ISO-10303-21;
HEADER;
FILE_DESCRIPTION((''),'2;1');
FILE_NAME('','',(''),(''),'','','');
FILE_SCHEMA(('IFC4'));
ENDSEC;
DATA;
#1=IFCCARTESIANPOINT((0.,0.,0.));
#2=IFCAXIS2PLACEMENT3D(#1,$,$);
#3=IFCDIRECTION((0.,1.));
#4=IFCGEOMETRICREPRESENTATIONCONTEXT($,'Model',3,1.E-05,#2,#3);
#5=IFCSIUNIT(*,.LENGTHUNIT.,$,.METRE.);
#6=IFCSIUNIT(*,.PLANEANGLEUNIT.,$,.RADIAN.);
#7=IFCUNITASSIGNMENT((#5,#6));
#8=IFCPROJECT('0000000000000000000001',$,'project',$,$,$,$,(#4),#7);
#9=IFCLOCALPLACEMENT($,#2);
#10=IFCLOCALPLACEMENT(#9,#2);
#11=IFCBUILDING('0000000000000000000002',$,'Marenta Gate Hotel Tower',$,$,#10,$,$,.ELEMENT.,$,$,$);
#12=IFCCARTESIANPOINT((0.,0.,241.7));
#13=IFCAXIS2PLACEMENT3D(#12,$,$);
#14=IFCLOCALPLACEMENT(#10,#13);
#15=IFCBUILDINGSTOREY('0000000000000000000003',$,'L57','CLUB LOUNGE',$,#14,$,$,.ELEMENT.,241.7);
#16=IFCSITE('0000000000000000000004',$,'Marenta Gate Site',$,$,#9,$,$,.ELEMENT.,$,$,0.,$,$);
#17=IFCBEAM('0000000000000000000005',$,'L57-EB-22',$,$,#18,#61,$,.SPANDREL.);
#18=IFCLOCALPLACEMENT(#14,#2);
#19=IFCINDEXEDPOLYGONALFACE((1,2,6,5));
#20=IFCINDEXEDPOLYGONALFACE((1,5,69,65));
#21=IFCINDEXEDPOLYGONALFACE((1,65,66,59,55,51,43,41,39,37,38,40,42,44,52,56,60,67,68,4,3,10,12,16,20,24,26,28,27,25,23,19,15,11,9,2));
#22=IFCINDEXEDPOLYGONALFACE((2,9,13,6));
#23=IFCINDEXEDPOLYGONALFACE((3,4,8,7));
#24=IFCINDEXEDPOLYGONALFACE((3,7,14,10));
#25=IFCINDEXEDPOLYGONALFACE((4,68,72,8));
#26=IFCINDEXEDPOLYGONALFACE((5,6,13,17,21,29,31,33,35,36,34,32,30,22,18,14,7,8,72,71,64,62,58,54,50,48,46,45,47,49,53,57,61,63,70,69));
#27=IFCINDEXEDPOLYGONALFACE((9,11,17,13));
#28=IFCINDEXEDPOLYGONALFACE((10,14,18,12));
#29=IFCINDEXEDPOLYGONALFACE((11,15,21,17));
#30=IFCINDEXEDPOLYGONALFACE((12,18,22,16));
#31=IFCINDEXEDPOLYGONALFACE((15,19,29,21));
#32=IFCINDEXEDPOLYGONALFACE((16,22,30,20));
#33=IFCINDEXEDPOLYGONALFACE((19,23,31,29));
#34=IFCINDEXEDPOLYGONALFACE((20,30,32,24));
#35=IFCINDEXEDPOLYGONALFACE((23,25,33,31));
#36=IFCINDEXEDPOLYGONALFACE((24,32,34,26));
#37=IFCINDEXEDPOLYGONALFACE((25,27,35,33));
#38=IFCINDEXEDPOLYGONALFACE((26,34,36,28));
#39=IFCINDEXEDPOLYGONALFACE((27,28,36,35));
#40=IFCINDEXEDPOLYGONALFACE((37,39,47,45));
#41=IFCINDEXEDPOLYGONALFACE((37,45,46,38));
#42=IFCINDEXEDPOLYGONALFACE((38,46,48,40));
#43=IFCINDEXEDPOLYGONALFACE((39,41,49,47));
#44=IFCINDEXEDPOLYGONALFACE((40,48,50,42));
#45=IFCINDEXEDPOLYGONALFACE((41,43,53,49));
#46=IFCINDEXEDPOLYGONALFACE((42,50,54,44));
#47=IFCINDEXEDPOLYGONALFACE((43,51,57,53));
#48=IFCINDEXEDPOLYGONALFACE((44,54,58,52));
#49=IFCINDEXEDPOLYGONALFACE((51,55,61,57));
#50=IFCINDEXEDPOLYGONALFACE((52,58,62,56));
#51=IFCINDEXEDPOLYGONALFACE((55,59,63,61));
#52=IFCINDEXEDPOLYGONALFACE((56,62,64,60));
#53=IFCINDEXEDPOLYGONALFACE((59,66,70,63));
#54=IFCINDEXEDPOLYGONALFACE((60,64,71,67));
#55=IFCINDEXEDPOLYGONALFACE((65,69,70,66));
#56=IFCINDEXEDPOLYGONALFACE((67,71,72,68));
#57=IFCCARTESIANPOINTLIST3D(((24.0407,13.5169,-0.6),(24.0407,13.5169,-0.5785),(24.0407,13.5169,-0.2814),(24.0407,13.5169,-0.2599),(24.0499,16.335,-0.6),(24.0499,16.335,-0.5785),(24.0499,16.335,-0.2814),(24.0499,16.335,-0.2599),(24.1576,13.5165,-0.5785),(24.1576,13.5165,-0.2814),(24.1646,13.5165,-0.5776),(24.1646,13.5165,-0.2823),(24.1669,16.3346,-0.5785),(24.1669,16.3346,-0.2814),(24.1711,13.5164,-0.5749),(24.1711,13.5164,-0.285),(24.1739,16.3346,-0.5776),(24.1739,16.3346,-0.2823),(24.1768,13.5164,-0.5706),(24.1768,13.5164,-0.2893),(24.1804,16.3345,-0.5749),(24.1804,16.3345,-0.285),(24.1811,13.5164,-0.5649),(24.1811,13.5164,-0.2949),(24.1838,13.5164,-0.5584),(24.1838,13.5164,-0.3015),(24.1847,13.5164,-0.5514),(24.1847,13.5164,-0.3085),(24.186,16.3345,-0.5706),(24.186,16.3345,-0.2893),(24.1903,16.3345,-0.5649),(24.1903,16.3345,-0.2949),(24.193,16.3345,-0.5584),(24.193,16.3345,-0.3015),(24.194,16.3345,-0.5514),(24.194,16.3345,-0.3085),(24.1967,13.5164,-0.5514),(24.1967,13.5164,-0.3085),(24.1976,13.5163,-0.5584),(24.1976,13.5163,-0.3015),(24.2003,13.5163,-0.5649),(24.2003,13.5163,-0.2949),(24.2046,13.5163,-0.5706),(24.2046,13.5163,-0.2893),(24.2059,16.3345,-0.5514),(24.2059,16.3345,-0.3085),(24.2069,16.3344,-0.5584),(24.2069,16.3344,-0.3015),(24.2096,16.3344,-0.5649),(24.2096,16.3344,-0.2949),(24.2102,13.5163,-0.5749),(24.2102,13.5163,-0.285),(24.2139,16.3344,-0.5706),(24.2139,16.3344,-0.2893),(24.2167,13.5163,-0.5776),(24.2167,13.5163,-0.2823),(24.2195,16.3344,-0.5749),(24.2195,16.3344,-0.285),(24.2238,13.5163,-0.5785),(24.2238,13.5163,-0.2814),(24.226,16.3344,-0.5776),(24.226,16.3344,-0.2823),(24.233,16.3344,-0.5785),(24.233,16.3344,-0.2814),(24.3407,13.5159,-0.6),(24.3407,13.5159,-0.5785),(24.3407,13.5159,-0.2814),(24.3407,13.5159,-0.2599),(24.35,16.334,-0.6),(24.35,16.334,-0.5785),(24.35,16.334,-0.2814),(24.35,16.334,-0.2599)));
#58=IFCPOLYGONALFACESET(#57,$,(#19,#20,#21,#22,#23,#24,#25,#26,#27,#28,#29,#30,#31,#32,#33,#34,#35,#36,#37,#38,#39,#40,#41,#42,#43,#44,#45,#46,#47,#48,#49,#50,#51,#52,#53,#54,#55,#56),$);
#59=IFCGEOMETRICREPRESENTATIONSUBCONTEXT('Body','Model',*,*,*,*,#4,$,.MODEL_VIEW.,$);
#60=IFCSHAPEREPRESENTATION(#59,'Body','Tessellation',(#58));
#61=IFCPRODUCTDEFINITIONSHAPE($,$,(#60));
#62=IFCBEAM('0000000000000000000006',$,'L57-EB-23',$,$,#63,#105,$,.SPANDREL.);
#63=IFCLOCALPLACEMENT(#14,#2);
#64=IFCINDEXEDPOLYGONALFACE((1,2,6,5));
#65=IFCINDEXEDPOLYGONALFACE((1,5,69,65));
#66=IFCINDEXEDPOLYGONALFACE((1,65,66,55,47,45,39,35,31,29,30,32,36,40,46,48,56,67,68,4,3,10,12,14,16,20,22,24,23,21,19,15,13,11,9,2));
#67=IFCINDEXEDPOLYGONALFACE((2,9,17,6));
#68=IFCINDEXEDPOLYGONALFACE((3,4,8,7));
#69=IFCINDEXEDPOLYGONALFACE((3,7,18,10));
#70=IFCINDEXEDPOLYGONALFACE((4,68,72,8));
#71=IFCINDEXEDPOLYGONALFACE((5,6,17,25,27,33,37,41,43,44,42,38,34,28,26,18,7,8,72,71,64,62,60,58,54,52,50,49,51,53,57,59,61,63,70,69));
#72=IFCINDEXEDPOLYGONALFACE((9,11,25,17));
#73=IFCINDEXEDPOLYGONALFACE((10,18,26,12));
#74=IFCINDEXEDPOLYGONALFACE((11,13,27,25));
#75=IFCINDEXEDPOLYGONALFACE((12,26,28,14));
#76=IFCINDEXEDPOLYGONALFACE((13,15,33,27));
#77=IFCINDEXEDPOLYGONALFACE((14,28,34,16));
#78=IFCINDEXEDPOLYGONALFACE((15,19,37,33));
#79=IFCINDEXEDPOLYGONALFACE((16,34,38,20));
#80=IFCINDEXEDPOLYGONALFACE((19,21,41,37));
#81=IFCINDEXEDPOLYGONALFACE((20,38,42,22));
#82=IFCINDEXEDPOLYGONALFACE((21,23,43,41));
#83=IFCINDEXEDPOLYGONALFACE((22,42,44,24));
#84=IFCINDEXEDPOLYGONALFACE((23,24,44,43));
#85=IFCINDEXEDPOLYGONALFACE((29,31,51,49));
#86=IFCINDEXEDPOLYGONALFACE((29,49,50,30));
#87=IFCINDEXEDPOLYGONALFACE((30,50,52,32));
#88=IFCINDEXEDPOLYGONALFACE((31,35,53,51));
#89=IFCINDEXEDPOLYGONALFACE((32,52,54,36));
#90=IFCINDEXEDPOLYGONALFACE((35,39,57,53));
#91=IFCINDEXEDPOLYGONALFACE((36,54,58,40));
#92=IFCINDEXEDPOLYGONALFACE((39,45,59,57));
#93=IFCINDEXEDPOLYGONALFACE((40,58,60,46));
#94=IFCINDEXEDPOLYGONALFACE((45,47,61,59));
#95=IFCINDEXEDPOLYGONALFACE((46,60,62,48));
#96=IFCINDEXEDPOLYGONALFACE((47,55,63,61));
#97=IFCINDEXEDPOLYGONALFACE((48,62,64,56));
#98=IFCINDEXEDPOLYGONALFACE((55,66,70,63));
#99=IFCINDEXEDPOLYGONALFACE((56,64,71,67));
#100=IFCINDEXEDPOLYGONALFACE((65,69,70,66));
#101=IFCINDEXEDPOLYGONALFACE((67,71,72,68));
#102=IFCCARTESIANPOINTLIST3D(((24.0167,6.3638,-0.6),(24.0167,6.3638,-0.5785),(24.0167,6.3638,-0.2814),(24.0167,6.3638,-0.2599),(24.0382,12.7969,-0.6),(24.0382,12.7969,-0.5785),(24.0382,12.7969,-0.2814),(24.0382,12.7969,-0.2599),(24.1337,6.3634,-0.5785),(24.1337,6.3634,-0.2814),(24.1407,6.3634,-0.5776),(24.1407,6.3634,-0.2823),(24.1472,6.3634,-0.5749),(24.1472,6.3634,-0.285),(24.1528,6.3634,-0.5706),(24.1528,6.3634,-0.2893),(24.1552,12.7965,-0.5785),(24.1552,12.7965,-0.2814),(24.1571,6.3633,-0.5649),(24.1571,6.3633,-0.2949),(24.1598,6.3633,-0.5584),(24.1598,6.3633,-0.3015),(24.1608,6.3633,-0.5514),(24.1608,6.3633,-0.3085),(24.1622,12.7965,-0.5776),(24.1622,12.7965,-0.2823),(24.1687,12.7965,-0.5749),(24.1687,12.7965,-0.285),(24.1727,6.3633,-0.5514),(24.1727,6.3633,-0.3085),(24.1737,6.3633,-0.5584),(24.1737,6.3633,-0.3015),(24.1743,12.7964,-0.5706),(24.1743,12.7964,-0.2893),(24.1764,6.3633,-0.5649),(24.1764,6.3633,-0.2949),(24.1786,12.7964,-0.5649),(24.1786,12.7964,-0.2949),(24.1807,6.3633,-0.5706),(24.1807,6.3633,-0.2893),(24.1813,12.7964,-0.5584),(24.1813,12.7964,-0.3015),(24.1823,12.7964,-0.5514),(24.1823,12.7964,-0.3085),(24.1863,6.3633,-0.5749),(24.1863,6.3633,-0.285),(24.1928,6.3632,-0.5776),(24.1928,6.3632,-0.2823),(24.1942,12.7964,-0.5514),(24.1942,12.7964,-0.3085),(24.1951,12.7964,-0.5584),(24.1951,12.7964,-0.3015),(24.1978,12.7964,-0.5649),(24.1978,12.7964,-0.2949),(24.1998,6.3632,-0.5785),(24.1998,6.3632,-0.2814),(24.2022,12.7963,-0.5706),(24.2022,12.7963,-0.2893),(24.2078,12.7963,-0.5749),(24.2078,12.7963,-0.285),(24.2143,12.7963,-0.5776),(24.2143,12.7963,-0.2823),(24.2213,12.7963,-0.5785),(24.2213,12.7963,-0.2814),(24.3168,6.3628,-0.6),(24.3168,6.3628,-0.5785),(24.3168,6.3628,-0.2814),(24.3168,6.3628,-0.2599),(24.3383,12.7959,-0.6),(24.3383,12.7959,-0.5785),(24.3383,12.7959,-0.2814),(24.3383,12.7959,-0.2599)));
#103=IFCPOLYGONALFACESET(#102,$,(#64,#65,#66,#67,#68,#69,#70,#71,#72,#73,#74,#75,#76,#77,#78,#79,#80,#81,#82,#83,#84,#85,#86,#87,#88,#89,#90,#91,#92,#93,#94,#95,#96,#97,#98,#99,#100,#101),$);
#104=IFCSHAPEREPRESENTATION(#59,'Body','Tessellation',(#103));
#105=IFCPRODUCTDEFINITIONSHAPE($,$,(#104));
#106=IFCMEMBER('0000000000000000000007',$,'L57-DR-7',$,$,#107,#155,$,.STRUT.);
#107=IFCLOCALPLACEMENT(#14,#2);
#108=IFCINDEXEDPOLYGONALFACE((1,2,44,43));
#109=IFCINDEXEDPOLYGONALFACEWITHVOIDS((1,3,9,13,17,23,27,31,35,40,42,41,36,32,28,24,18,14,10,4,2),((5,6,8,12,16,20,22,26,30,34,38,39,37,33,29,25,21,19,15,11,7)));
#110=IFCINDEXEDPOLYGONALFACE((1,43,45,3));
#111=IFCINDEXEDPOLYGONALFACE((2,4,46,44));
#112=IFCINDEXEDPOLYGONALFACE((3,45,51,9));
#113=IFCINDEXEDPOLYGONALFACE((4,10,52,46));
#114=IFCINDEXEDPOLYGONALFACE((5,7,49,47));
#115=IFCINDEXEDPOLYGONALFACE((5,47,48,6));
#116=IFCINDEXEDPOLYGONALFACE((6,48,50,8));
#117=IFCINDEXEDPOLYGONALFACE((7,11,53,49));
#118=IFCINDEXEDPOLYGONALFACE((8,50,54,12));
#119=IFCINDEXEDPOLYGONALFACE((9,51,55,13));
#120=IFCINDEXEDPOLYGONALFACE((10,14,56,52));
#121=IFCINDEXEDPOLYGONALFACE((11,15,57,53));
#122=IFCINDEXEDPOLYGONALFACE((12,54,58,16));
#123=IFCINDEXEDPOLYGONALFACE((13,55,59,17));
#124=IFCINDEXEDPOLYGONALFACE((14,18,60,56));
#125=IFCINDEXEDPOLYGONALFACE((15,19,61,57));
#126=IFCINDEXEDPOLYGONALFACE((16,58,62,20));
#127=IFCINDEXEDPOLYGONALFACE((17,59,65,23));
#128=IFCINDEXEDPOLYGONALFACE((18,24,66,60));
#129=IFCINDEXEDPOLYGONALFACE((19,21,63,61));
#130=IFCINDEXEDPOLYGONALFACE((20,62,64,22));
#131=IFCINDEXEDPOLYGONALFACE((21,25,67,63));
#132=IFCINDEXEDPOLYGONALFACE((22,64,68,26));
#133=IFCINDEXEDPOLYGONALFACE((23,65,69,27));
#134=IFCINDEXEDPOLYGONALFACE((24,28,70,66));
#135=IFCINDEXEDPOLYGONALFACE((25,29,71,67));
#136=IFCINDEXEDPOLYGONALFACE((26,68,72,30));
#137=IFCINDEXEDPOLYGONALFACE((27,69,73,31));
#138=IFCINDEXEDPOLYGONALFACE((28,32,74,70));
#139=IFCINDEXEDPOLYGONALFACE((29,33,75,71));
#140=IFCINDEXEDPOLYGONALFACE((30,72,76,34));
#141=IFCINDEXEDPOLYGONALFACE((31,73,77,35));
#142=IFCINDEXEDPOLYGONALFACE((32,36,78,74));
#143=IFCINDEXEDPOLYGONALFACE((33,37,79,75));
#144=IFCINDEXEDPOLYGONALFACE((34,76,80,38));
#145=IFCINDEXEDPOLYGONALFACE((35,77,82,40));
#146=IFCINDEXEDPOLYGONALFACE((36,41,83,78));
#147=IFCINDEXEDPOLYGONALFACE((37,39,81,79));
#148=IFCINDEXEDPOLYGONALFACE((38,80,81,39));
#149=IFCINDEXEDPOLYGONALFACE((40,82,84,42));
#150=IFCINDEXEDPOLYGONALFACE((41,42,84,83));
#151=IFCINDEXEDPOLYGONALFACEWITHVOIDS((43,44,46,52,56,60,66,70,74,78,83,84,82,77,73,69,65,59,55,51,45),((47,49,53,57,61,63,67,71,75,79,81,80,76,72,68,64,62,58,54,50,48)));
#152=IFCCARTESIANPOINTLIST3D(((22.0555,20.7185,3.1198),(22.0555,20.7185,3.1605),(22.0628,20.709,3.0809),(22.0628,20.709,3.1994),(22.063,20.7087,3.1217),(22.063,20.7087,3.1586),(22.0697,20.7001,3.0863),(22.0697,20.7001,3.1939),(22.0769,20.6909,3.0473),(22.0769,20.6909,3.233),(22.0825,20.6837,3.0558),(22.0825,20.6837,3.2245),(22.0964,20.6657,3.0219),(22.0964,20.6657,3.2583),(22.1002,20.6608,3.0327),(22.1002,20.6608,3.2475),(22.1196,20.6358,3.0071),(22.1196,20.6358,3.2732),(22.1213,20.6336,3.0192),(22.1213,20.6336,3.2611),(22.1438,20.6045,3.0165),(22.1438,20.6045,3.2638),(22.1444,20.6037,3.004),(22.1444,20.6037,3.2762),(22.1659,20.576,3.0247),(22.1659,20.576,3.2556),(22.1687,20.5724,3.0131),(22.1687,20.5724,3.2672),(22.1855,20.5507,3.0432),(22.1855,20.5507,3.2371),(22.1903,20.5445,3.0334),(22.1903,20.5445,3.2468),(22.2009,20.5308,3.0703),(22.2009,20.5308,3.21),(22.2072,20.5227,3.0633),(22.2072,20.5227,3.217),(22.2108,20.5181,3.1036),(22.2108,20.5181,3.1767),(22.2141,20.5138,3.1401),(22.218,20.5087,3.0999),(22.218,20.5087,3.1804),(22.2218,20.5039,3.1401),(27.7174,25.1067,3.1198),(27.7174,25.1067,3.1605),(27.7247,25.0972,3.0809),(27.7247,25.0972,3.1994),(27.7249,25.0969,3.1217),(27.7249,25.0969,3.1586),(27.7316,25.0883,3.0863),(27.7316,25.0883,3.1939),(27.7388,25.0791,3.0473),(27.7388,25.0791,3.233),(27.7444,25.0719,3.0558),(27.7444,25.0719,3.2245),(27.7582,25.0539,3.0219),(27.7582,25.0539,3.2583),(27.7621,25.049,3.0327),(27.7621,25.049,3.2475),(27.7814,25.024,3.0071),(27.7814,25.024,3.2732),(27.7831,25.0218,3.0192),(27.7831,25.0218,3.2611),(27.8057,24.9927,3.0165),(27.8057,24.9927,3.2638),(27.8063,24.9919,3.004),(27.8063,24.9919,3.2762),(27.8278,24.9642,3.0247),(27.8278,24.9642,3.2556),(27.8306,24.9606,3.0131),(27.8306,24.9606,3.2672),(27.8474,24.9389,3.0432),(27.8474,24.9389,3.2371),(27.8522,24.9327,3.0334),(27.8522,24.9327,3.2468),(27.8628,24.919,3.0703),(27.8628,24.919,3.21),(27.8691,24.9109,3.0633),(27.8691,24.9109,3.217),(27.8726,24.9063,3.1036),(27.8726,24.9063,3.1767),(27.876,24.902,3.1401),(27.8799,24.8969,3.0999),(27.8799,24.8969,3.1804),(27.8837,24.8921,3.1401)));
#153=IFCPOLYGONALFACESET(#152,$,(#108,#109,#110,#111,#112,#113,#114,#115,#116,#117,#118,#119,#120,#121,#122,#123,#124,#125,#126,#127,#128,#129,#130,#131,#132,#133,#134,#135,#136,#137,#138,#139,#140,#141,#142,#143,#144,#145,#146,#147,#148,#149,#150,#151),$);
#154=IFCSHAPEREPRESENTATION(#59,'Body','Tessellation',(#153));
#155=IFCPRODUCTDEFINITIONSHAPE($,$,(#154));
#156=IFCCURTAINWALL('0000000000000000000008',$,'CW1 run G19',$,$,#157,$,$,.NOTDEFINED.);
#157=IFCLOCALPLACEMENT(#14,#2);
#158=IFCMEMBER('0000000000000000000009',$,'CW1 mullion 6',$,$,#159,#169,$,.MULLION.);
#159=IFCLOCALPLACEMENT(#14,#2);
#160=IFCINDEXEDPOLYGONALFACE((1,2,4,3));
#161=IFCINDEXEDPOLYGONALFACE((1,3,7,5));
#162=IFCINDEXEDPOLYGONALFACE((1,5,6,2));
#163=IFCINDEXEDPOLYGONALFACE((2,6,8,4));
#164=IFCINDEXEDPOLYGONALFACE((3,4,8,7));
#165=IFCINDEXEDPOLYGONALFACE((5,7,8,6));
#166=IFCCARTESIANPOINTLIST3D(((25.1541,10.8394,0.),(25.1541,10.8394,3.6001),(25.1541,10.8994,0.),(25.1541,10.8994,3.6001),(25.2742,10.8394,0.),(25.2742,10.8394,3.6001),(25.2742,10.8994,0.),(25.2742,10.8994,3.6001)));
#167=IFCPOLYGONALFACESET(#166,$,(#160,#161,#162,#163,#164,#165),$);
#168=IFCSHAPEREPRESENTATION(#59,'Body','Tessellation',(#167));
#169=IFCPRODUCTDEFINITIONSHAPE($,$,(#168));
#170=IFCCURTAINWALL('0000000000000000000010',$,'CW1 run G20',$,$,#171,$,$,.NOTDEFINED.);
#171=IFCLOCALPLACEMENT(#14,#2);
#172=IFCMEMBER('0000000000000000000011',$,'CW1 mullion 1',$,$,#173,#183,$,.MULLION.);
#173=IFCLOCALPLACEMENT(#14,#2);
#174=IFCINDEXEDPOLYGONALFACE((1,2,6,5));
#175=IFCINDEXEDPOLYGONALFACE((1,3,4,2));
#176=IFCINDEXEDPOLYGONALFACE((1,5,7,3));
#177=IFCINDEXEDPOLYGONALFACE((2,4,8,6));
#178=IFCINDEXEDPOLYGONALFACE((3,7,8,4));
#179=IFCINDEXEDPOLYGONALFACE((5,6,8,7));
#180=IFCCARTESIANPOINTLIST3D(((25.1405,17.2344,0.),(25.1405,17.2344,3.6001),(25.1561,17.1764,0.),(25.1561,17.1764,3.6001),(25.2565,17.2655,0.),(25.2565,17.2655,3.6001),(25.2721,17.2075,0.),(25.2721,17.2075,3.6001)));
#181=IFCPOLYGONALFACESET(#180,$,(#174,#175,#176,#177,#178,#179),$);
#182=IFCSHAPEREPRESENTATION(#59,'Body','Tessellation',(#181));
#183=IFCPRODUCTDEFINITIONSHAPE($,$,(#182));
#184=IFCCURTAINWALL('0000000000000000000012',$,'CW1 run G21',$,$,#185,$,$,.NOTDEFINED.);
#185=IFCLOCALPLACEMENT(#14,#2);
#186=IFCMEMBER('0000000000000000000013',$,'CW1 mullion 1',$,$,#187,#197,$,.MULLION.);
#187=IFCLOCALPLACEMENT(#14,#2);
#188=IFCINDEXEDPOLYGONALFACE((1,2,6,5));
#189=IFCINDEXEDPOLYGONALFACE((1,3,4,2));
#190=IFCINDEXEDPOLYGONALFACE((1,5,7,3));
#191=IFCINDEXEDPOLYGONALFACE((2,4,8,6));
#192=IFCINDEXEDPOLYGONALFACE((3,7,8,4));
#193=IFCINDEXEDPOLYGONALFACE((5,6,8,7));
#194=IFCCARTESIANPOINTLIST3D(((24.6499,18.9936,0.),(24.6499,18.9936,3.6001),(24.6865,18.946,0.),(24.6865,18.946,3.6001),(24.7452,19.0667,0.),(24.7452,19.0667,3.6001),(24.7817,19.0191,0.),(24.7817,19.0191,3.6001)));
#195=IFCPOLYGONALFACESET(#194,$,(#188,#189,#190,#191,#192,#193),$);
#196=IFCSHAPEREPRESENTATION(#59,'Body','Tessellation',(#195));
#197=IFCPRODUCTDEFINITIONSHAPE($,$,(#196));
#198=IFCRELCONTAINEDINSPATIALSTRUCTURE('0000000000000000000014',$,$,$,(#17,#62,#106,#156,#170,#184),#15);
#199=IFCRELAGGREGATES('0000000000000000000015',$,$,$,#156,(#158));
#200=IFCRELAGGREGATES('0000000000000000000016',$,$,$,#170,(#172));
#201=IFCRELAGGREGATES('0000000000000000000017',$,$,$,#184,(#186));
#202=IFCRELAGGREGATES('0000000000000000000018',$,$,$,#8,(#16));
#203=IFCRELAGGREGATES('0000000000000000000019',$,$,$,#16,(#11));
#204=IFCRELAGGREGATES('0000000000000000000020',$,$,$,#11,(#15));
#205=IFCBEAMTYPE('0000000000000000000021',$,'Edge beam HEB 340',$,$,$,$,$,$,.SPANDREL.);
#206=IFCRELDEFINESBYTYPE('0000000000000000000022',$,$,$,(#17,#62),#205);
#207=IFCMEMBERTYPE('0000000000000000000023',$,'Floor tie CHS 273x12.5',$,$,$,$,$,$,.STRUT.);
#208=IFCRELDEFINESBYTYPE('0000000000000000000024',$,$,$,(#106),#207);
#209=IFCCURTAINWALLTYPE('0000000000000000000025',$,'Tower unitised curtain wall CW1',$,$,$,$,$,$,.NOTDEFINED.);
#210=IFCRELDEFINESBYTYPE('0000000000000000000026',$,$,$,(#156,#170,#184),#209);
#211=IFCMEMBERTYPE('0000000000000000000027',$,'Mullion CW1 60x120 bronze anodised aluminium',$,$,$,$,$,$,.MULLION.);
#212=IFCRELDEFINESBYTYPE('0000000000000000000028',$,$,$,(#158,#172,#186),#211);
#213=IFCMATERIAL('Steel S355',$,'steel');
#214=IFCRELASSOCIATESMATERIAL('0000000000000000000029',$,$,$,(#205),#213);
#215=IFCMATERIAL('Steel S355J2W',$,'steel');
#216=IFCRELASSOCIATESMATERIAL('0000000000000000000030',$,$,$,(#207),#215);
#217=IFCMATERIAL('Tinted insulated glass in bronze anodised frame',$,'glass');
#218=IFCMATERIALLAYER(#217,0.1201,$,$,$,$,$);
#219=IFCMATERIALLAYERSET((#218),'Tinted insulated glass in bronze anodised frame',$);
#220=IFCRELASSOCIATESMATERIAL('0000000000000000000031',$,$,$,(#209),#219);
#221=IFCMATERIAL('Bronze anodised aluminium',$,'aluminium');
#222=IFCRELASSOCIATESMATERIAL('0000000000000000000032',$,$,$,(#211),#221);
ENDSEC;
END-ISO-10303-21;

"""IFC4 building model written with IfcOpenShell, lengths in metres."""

from ifc_helpers import new_model, si_unit, direction, frame, origin, origin_2d, place, context, subcontext, project, spatial, rectangle, hollow_circle, i_section, extrude, material, layer, layer_set, material_profile, profile_set, type_object, element, aggregate, save


model = new_model("IFC4")

# Units and contexts
model_context = context("Model", 3, precision=1e-05, world=origin(), true_north=direction((0.0, 1.0)))
body_context = subcontext(model_context, "Body", "Model", "MODEL_VIEW")
ifc_project = project(units=[si_unit("LENGTHUNIT", "METRE"), si_unit("PLANEANGLEUNIT", "RADIAN")], contexts=[model_context])

# Site, building, storey
site_placement = place(None, origin())
site = spatial("IfcSite", under=ifc_project, at=site_placement, Name="Marenta Gate Site", CompositionType="ELEMENT", RefElevation=0.0)
building_placement = place(site_placement, origin())
building = spatial("IfcBuilding", under=site, at=building_placement, Name="Marenta Gate Hotel Tower", CompositionType="ELEMENT")
storey_placement = place(building_placement, frame((0.0, 0.0, 241.7)))
storey = spatial("IfcBuildingStorey", under=building, at=storey_placement, Name="L57", Description="CLUB LOUNGE", CompositionType="ELEMENT", Elevation=241.7)

# Beams
ifc_material_1 = material(Name="Steel S355", Category="steel")
ifc_material_profile_1 = material_profile(ifc_material_1, i_section(OverallWidth=0.3, OverallDepth=0.3401, WebThickness=0.012, FlangeThickness=0.0215, FilletRadius=0.0271, at=origin_2d()), Name="HEB 340")
ifc_profile_set_1 = profile_set([ifc_material_profile_1], Name="Steel S355")
beam_type = type_object("IfcBeamType", Name="Edge beam HEB 340", PredefinedType="SPANDREL", material=ifc_profile_set_1)
beam_1_placement = place(storey_placement, frame((24.2, 16.3345, -0.4299), z_axis=(-0.003292, -0.999995, 0.0), x_axis=(0.999995, -0.003292, 0.0)))
element("IfcBeam", 1, at=beam_1_placement, inside=storey, type_object=beam_type, Name="L57-EB-22", PredefinedType="SPANDREL", context=body_context, shape_type="SweptSolid", body=[
    extrude(i_section(OverallWidth=0.3, OverallDepth=0.3401, WebThickness=0.012, FlangeThickness=0.0215, FilletRadius=0.0271, at=origin_2d()), origin(), (0.0, 0.0, 1.0), 2.8181),
])
beam_2_placement = place(storey_placement, frame((24.1882, 12.7964, -0.4299), z_axis=(-0.00334, -0.999994, 0.0), x_axis=(0.999994, -0.00334, 0.0)))
element("IfcBeam", 2, at=beam_2_placement, inside=storey, type_object=beam_type, Name="L57-EB-23", PredefinedType="SPANDREL", context=body_context, shape_type="SweptSolid", body=[
    extrude(i_section(OverallWidth=0.3, OverallDepth=0.3401, WebThickness=0.012, FlangeThickness=0.0215, FilletRadius=0.0271, at=origin_2d()), origin(), (0.0, 0.0, 1.0), 6.4331),
])

# Member
ifc_material_2 = material(Name="Steel S355J2W", Category="steel")
ifc_material_profile_2 = material_profile(ifc_material_2, hollow_circle(Radius=0.1365, WallThickness=0.0125, at=origin_2d()), Name="CHS 273x12.5")
ifc_profile_set_2 = profile_set([ifc_material_profile_2], Name="Steel S355J2W")
member_type_1 = type_object("IfcMemberType", Name="Floor tie CHS 273x12.5", PredefinedType="STRUT", material=ifc_profile_set_2)
member_1_placement = place(storey_placement, frame((27.8, 25.0, 3.1401), z_axis=(-0.790399, -0.612592, 0.0), x_axis=(0.612592, -0.790399, 0.0)))
element("IfcMember", 3, at=member_1_placement, inside=storey, type_object=member_type_1, Name="L57-DR-7", PredefinedType="STRUT", context=body_context, shape_type="SweptSolid", body=[
    extrude(hollow_circle(Radius=0.1365, WallThickness=0.0125, at=origin_2d()), origin(), (0.0, 0.0, 1.0), 7.1633),
])

# Curtain walls, members
ifc_material_3 = material(Name="Tinted insulated glass in bronze anodised frame", Category="glass")
ifc_layer_1 = layer(ifc_material_3, 0.1201)
ifc_layer_set_1 = layer_set([ifc_layer_1], Name="Tinted insulated glass in bronze anodised frame")
curtain_wall_type = type_object("IfcCurtainWallType", Name="Tower unitised curtain wall CW1", PredefinedType="NOTDEFINED", material=ifc_layer_set_1)
curtain_wall_1_placement = place(storey_placement, origin())
curtain_wall_1 = element("IfcCurtainWall", 4, at=curtain_wall_1_placement, inside=storey, type_object=curtain_wall_type, Name="CW1 run G19", PredefinedType="NOTDEFINED")
ifc_material_4 = material(Name="Bronze anodised aluminium", Category="aluminium")
ifc_material_profile_3 = material_profile(ifc_material_4, rectangle(XDim=0.1201, YDim=0.0601, at=origin_2d()), Name="Mullion CW1 60x120 bronze anodised aluminium")
ifc_profile_set_3 = profile_set([ifc_material_profile_3], Name="Bronze anodised aluminium")
member_type_2 = type_object("IfcMemberType", Name="Mullion CW1 60x120 bronze anodised aluminium", PredefinedType="MULLION", material=ifc_profile_set_3)
member_2_placement = place(storey_placement, frame((25.2141, 10.8694, 0.0), z_axis=(0.0, 0.0, 1.0), x_axis=(-1.0, 0.0, 0.0)))
member_2 = element("IfcMember", 5, at=member_2_placement, type_object=member_type_2, Name="CW1 mullion 6", PredefinedType="MULLION", context=body_context, shape_type="SweptSolid", body=[
    extrude(rectangle(XDim=0.1201, YDim=0.0601, at=origin_2d()), origin(), (0.0, 0.0, 1.0), 3.6001),
])
curtain_wall_2_placement = place(storey_placement, origin())
curtain_wall_2 = element("IfcCurtainWall", 6, at=curtain_wall_2_placement, inside=storey, type_object=curtain_wall_type, Name="CW1 run G20", PredefinedType="NOTDEFINED")
member_3_placement = place(storey_placement, frame((25.2063, 17.2209, 0.0), z_axis=(0.0, 0.0, 1.0), x_axis=(-0.965924, -0.258824, 0.0)))
member_3 = element("IfcMember", 7, at=member_3_placement, type_object=member_type_2, Name="CW1 mullion 1", PredefinedType="MULLION", context=body_context, shape_type="SweptSolid", body=[
    extrude(rectangle(XDim=0.1201, YDim=0.0601, at=origin_2d()), origin(), (0.0, 0.0, 1.0), 3.6001),
])
curtain_wall_3_placement = place(storey_placement, origin())
curtain_wall_3 = element("IfcCurtainWall", 8, at=curtain_wall_3_placement, inside=storey, type_object=curtain_wall_type, Name="CW1 run G21", PredefinedType="NOTDEFINED")
member_4_placement = place(storey_placement, frame((24.7158, 19.0063, 0.0), z_axis=(0.0, 0.0, 1.0), x_axis=(-0.793333, -0.608787, 0.0)))
member_4 = element("IfcMember", 9, at=member_4_placement, type_object=member_type_2, Name="CW1 mullion 1", PredefinedType="MULLION", context=body_context, shape_type="SweptSolid", body=[
    extrude(rectangle(XDim=0.1201, YDim=0.0601, at=origin_2d()), origin(), (0.0, 0.0, 1.0), 3.6001),
])

aggregate(curtain_wall_1, [member_2])
aggregate(curtain_wall_2, [member_3])
aggregate(curtain_wall_3, [member_4])

save(model, "model.ifc")
